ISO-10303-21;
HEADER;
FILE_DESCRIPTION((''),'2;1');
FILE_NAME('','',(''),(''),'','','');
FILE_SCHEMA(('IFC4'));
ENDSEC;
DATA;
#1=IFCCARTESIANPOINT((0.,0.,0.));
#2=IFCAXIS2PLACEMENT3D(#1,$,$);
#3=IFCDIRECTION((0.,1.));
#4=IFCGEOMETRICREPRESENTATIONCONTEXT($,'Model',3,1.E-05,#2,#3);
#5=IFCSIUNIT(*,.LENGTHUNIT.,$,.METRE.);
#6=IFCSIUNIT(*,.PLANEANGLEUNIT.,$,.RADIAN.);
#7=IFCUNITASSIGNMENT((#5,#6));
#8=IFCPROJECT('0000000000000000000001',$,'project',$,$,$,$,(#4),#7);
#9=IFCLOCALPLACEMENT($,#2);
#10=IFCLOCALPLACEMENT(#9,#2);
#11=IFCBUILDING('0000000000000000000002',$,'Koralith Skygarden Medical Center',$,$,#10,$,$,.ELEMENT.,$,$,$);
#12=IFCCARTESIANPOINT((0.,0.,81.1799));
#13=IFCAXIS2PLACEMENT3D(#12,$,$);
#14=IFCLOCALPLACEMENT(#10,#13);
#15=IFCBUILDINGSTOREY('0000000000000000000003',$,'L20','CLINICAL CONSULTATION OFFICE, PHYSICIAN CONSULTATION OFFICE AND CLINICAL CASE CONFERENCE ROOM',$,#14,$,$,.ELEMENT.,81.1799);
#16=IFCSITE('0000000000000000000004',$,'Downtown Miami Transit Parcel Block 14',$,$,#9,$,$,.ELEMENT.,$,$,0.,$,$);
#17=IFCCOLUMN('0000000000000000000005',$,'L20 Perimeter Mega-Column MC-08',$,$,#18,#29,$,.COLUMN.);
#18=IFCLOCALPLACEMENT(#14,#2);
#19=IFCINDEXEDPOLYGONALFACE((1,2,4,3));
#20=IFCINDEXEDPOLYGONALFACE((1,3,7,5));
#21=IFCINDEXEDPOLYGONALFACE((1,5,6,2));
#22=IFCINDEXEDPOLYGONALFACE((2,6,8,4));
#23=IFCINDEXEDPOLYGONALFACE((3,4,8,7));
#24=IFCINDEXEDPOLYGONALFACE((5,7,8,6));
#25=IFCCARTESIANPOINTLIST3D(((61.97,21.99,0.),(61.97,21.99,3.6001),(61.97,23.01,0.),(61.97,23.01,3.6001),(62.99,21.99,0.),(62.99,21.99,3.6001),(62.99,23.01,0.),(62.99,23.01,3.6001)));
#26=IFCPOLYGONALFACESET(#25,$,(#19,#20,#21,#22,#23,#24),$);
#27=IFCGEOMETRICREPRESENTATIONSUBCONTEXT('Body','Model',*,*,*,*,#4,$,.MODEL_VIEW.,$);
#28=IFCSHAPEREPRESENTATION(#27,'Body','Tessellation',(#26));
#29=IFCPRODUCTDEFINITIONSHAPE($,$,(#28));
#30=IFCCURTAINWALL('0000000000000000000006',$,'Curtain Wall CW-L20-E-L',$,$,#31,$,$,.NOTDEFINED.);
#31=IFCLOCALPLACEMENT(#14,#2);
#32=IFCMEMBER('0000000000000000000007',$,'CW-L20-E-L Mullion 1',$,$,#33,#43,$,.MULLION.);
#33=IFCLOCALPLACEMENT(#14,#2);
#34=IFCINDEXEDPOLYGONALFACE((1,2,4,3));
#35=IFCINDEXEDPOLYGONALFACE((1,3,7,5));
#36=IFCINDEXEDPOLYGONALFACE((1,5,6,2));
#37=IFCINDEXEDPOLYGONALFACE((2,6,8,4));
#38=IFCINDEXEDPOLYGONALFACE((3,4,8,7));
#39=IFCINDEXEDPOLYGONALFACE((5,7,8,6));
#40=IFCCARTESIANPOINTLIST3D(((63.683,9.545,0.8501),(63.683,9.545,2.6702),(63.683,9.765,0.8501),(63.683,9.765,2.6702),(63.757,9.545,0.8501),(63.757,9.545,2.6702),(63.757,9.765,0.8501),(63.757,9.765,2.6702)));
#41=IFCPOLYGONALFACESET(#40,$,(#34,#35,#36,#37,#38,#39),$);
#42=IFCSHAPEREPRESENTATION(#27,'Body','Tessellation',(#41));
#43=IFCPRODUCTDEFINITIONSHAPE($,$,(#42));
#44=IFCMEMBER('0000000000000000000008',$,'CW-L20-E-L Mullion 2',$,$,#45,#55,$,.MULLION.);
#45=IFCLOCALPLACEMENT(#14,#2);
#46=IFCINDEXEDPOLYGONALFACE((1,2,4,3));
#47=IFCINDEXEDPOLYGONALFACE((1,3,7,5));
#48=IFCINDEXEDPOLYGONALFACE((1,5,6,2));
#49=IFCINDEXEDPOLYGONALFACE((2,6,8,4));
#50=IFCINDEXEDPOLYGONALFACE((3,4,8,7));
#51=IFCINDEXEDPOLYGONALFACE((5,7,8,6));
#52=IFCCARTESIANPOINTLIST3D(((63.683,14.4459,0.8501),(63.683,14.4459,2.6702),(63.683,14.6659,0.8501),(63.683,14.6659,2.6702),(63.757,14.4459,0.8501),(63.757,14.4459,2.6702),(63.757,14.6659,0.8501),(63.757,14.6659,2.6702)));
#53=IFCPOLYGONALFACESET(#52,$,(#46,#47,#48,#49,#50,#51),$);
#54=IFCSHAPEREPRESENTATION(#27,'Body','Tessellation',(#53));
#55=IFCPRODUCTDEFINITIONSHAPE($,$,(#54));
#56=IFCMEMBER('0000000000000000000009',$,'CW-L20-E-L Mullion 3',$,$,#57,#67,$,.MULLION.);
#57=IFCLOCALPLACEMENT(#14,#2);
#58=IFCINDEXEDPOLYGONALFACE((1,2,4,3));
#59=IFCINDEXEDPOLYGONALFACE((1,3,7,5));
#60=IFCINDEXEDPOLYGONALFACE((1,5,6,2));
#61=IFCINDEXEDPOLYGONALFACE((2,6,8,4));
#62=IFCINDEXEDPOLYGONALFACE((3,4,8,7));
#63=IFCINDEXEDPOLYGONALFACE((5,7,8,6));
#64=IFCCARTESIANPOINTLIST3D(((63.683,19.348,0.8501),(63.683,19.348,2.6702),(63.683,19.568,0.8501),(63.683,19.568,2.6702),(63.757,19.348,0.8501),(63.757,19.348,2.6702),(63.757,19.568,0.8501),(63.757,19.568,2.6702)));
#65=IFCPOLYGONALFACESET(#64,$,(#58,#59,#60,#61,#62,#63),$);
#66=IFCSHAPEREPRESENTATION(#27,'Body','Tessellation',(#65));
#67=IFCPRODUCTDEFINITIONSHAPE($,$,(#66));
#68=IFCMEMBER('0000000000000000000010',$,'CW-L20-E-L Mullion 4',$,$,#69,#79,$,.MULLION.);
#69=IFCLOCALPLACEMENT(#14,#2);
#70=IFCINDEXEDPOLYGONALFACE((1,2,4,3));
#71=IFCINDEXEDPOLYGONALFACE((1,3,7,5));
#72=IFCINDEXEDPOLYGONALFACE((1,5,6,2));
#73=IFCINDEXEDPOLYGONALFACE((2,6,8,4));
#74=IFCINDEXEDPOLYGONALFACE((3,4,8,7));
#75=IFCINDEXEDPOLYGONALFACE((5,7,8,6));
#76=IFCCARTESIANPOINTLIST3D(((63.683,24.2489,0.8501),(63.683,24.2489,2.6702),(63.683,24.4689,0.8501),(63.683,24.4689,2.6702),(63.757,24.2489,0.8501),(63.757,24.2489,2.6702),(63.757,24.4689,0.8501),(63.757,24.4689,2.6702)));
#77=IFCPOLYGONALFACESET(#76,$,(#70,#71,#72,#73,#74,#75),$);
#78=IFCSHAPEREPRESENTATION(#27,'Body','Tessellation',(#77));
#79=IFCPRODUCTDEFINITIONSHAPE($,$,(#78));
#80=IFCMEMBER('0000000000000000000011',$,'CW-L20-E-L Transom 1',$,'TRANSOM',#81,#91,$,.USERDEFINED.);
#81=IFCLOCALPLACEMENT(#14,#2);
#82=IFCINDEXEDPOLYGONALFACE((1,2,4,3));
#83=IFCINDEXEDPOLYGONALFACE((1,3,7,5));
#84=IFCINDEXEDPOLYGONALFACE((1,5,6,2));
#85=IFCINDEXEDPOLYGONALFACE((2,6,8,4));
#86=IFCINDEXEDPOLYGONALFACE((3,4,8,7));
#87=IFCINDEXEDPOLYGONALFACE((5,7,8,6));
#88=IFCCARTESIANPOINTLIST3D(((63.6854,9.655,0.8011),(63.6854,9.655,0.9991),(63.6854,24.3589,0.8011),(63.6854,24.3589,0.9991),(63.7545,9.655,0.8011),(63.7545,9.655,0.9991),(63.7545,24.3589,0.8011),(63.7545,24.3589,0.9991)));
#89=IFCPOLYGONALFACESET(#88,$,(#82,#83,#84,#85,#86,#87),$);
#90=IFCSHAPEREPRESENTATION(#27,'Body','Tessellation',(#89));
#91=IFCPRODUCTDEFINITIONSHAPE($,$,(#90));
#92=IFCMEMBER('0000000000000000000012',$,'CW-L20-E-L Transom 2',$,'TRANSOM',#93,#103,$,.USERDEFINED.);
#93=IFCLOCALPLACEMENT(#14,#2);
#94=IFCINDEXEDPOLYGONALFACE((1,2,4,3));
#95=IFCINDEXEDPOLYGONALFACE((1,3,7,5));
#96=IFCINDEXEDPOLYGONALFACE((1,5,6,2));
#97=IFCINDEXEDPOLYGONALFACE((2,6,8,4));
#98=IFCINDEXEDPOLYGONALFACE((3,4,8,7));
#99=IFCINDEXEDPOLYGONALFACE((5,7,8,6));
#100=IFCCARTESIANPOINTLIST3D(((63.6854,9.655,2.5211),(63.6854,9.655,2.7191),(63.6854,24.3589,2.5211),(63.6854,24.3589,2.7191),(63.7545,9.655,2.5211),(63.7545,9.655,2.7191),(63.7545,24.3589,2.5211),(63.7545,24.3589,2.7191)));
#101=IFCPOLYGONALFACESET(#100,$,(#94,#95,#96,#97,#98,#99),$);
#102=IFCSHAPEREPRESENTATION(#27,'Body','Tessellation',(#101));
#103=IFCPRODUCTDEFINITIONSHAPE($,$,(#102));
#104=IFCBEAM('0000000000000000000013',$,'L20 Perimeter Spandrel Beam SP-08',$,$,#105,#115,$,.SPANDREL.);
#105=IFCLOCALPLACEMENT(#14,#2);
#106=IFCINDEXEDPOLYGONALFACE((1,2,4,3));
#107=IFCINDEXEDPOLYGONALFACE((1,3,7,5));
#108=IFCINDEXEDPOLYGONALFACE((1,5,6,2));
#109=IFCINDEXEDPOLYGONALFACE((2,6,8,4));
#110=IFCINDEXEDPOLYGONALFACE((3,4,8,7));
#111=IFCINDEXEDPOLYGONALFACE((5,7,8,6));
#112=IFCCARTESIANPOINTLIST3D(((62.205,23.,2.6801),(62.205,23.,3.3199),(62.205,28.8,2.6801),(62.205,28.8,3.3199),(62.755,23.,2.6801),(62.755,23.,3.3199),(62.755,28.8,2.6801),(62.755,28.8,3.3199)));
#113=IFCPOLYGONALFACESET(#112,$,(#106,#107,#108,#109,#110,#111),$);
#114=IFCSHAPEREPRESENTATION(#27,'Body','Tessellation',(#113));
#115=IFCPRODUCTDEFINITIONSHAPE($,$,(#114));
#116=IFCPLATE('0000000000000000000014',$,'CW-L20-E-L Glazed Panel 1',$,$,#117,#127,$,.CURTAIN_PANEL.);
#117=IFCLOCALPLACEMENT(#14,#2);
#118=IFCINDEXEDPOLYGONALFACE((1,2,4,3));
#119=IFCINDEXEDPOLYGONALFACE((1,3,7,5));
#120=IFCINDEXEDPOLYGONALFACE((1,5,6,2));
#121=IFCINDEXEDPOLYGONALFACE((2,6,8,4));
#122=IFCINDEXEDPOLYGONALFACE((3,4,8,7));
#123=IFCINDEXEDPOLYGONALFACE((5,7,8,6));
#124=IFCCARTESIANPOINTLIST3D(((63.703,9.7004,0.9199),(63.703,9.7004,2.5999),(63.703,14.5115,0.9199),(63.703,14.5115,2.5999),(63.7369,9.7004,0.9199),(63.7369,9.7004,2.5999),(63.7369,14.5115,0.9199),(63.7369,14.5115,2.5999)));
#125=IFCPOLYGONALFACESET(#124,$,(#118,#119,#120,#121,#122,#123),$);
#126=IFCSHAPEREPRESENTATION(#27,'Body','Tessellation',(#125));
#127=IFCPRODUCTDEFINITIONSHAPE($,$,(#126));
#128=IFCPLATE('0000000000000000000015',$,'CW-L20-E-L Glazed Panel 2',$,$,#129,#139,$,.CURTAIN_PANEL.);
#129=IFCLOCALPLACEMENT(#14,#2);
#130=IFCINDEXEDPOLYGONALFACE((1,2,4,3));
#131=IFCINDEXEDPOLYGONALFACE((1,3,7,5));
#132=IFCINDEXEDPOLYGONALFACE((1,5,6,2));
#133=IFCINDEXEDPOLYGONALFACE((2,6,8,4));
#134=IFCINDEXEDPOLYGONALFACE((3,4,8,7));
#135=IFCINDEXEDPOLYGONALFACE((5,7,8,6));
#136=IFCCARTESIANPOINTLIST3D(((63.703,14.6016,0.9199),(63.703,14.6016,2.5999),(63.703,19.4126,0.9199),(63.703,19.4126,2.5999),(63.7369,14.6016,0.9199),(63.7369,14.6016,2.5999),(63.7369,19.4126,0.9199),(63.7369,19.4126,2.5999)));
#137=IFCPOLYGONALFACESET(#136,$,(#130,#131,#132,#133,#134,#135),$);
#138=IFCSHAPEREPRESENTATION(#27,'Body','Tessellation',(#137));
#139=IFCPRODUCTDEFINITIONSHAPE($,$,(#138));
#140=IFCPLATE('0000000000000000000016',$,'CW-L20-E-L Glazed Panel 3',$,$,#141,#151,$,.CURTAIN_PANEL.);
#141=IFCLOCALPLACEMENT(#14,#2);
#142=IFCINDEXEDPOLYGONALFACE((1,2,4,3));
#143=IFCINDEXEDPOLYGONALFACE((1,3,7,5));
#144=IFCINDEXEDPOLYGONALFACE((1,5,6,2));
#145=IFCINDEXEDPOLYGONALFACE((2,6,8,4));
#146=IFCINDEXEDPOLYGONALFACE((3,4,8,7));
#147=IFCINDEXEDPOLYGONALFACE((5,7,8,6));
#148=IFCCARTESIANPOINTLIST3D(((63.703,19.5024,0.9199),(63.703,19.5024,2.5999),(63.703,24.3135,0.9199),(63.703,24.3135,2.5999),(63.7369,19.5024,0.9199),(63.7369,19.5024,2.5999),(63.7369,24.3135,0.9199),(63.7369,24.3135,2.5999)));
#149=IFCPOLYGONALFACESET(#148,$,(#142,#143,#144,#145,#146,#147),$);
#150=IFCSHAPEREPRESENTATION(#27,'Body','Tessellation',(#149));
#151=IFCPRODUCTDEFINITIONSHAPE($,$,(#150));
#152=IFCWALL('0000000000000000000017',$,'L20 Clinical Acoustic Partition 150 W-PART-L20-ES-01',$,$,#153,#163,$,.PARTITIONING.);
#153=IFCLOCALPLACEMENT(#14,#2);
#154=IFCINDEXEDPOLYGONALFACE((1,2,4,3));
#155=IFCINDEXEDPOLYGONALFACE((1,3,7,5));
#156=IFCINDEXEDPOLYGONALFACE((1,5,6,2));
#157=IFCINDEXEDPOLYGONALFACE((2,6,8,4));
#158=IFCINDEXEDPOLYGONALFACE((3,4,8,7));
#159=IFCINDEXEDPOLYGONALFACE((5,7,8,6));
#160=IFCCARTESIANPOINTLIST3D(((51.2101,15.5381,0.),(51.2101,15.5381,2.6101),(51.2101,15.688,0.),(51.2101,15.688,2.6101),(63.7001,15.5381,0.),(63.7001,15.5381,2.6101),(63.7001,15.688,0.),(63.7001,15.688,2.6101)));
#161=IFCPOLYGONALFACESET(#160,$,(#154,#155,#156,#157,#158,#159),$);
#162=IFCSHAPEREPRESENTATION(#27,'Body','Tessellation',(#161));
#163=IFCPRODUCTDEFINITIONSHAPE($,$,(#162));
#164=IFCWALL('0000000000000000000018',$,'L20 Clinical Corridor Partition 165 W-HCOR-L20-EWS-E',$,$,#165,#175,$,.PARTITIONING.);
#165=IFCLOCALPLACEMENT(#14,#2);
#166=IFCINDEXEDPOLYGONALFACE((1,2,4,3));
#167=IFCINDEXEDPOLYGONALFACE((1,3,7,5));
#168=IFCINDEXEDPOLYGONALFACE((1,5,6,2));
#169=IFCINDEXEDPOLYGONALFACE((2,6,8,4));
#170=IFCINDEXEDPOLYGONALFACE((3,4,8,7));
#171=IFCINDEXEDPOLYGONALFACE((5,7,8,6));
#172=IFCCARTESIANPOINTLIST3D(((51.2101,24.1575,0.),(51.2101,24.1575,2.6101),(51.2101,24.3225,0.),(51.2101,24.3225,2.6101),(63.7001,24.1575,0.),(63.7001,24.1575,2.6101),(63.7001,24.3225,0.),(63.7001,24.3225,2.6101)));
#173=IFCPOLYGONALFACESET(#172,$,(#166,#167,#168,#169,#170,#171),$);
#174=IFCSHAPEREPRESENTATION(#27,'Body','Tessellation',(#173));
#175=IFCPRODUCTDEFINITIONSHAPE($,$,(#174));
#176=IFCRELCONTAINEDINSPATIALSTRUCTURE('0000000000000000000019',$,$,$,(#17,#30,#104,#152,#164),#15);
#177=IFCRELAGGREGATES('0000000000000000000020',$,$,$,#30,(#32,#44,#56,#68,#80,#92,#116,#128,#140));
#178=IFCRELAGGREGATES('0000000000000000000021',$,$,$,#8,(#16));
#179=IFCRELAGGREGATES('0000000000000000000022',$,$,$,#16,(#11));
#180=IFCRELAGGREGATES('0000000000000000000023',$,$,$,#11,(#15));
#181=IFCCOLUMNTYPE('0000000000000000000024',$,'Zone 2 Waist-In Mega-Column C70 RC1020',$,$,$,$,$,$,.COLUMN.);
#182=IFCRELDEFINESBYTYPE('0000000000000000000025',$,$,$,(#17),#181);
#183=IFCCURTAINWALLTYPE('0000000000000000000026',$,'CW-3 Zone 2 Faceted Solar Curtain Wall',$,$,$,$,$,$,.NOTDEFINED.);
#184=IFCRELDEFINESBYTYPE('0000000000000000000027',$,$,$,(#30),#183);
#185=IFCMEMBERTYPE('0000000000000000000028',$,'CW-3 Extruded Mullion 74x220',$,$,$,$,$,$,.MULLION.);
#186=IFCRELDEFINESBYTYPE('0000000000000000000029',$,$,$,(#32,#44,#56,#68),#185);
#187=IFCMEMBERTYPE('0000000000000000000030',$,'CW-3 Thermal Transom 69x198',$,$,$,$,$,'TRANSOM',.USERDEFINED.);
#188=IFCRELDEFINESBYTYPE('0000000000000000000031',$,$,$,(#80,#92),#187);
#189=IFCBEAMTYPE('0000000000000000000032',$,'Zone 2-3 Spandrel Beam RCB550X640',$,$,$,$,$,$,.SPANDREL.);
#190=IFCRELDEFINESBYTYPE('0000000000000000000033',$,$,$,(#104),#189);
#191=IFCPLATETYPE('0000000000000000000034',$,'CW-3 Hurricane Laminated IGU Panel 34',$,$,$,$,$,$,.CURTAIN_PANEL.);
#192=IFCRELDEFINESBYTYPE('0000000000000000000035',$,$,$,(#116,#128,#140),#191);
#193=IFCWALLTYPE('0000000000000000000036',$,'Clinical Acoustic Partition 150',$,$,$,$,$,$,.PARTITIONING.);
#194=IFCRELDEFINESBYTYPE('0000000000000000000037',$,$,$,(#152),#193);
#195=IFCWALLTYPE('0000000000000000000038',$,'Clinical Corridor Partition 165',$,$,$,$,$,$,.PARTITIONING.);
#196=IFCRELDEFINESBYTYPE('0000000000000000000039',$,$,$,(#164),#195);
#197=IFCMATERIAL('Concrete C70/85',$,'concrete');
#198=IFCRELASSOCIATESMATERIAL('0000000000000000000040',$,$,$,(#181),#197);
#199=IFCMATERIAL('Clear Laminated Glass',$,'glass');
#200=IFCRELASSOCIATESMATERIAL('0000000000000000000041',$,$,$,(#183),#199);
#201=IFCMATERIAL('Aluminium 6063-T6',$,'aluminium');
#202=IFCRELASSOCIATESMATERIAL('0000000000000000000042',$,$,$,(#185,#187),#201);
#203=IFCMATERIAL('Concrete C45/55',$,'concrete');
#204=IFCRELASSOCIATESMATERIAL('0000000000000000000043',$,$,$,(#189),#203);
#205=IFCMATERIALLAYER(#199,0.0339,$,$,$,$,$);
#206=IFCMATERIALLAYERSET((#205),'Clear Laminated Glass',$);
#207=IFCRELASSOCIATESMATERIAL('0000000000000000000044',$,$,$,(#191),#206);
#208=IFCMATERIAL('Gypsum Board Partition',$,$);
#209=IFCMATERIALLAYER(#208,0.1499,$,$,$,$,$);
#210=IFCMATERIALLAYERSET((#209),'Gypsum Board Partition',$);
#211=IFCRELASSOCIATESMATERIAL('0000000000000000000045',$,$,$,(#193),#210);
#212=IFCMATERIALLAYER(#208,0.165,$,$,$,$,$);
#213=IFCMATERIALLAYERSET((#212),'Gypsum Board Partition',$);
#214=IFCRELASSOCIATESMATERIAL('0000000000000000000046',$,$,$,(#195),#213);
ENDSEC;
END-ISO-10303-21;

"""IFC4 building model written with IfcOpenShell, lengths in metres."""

from ifc_helpers import new_model, si_unit, direction, frame, frame_2d, origin, origin_2d, place, context, subcontext, project, spatial, rectangle, extrude, material, layer, layer_set, material_profile, profile_set, type_object, element, aggregate, save


model = new_model("IFC4")

# Units and contexts
model_context = context("Model", 3, precision=1e-05, world=origin(), true_north=direction((0.0, 1.0)))
body_context = subcontext(model_context, "Body", "Model", "MODEL_VIEW")
ifc_project = project(units=[si_unit("LENGTHUNIT", "METRE"), si_unit("PLANEANGLEUNIT", "RADIAN")], contexts=[model_context])

# Site, building, storey
site_placement = place(None, origin())
site = spatial("IfcSite", under=ifc_project, at=site_placement, Name="Downtown Miami Transit Parcel Block 14", CompositionType="ELEMENT", RefElevation=0.0)
building_placement = place(site_placement, origin())
building = spatial("IfcBuilding", under=site, at=building_placement, Name="Koralith Skygarden Medical Center", CompositionType="ELEMENT")
storey_placement = place(building_placement, frame((0.0, 0.0, 81.1799)))
storey = spatial("IfcBuildingStorey", under=building, at=storey_placement, Name="L20", Description="CLINICAL CONSULTATION OFFICE, PHYSICIAN CONSULTATION OFFICE AND CLINICAL CASE CONFERENCE ROOM", CompositionType="ELEMENT", Elevation=81.1799)

# Column
ifc_material_1 = material(Name="Concrete C70/85", Category="concrete")
ifc_material_profile_1 = material_profile(ifc_material_1, rectangle(XDim=1.02, YDim=1.02, at=origin_2d()), Name="RC1020X1020")
ifc_profile_set_1 = profile_set([ifc_material_profile_1], Name="Concrete C70/85")
column_type = type_object("IfcColumnType", Name="Zone 2 Waist-In Mega-Column C70 RC1020", PredefinedType="COLUMN", material=ifc_profile_set_1)
column_placement = place(storey_placement, frame((62.48, 22.5, 0.0), z_axis=(0.0, 0.0, 1.0), x_axis=(1.0, 0.0, 0.0)))
element("IfcColumn", 1, at=column_placement, inside=storey, type_object=column_type, Name="L20 Perimeter Mega-Column MC-08", PredefinedType="COLUMN", context=body_context, shape_type="SweptSolid", body=[
    extrude(rectangle(XDim=1.02, YDim=1.02, at=origin_2d()), origin(), (0.0, 0.0, 1.0), 3.6001),
])

# Curtain wall, members
ifc_material_2 = material(Name="Clear Laminated Glass", Category="glass")
curtain_wall_type = type_object("IfcCurtainWallType", Name="CW-3 Zone 2 Faceted Solar Curtain Wall", PredefinedType="NOTDEFINED", material=ifc_material_2)
curtain_wall_placement = place(storey_placement, origin())
curtain_wall = element("IfcCurtainWall", 2, at=curtain_wall_placement, inside=storey, type_object=curtain_wall_type, Name="Curtain Wall CW-L20-E-L", PredefinedType="NOTDEFINED")
ifc_material_3 = material(Name="Aluminium 6063-T6", Category="aluminium")
ifc_material_profile_2 = material_profile(ifc_material_3, rectangle(XDim=0.074, YDim=0.22, at=origin_2d()), Name="MUL74X220")
ifc_profile_set_2 = profile_set([ifc_material_profile_2], Name="Aluminium 6063-T6")
member_type_1 = type_object("IfcMemberType", Name="CW-3 Extruded Mullion 74x220", PredefinedType="MULLION", material=ifc_profile_set_2)
member_1_placement = place(storey_placement, frame((63.72, 9.655, 0.8501), z_axis=(0.0, 0.0, 1.0), x_axis=(1.0, 0.0, 0.0)))
member_1 = element("IfcMember", 3, at=member_1_placement, type_object=member_type_1, Name="CW-L20-E-L Mullion 1", PredefinedType="MULLION", context=body_context, shape_type="SweptSolid", body=[
    extrude(rectangle(XDim=0.074, YDim=0.22, at=origin_2d()), origin(), (0.0, 0.0, 1.0), 1.8201),
])
member_2_placement = place(storey_placement, frame((63.72, 14.5559, 0.8501), z_axis=(0.0, 0.0, 1.0), x_axis=(1.0, 0.0, 0.0)))
member_2 = element("IfcMember", 4, at=member_2_placement, type_object=member_type_1, Name="CW-L20-E-L Mullion 2", PredefinedType="MULLION", context=body_context, shape_type="SweptSolid", body=[
    extrude(rectangle(XDim=0.074, YDim=0.22, at=origin_2d()), origin(), (0.0, 0.0, 1.0), 1.8201),
])
member_3_placement = place(storey_placement, frame((63.72, 19.458, 0.8501), z_axis=(0.0, 0.0, 1.0), x_axis=(1.0, 0.0, 0.0)))
member_3 = element("IfcMember", 5, at=member_3_placement, type_object=member_type_1, Name="CW-L20-E-L Mullion 3", PredefinedType="MULLION", context=body_context, shape_type="SweptSolid", body=[
    extrude(rectangle(XDim=0.074, YDim=0.22, at=origin_2d()), origin(), (0.0, 0.0, 1.0), 1.8201),
])
member_4_placement = place(storey_placement, frame((63.72, 24.3589, 0.8501), z_axis=(0.0, 0.0, 1.0), x_axis=(1.0, 0.0, 0.0)))
member_4 = element("IfcMember", 6, at=member_4_placement, type_object=member_type_1, Name="CW-L20-E-L Mullion 4", PredefinedType="MULLION", context=body_context, shape_type="SweptSolid", body=[
    extrude(rectangle(XDim=0.074, YDim=0.22, at=origin_2d()), origin(), (0.0, 0.0, 1.0), 1.8201),
])
ifc_material_profile_3 = material_profile(ifc_material_3, rectangle(XDim=0.0691, YDim=0.198, at=origin_2d()), Name="TRN69X198")
ifc_profile_set_3 = profile_set([ifc_material_profile_3], Name="Aluminium 6063-T6")
member_type_2 = type_object("IfcMemberType", Name="CW-3 Thermal Transom 69x198", ElementType="TRANSOM", PredefinedType="USERDEFINED", material=ifc_profile_set_3)
member_5_placement = place(storey_placement, frame((63.72, 9.655, 0.9001), z_axis=(0.0, 1.0, 0.0), x_axis=(-1.0, 0.0, 0.0)))
member_5 = element("IfcMember", 7, at=member_5_placement, type_object=member_type_2, Name="CW-L20-E-L Transom 1", ObjectType="TRANSOM", PredefinedType="USERDEFINED", context=body_context, shape_type="SweptSolid", body=[
    extrude(rectangle(XDim=0.0691, YDim=0.198, at=origin_2d()), origin(), (0.0, 0.0, 1.0), 14.7039),
])
member_6_placement = place(storey_placement, frame((63.72, 9.655, 2.6201), z_axis=(0.0, 1.0, 0.0), x_axis=(-1.0, 0.0, 0.0)))
member_6 = element("IfcMember", 8, at=member_6_placement, type_object=member_type_2, Name="CW-L20-E-L Transom 2", ObjectType="TRANSOM", PredefinedType="USERDEFINED", context=body_context, shape_type="SweptSolid", body=[
    extrude(rectangle(XDim=0.0691, YDim=0.198, at=origin_2d()), origin(), (0.0, 0.0, 1.0), 14.7039),
])

# Beam
ifc_material_4 = material(Name="Concrete C45/55", Category="concrete")
ifc_material_profile_4 = material_profile(ifc_material_4, rectangle(XDim=0.55, YDim=0.6399, at=origin_2d()), Name="RCB550X640")
ifc_profile_set_4 = profile_set([ifc_material_profile_4], Name="Concrete C45/55")
beam_type = type_object("IfcBeamType", Name="Zone 2-3 Spandrel Beam RCB550X640", PredefinedType="SPANDREL", material=ifc_profile_set_4)
beam_placement = place(storey_placement, frame((62.48, 23.0, 3.0), z_axis=(0.0, 1.0, 0.0), x_axis=(-1.0, 0.0, 0.0)))
element("IfcBeam", 9, at=beam_placement, inside=storey, type_object=beam_type, Name="L20 Perimeter Spandrel Beam SP-08", PredefinedType="SPANDREL", context=body_context, shape_type="SweptSolid", body=[
    extrude(rectangle(XDim=0.55, YDim=0.6399, at=origin_2d()), origin(), (0.0, 0.0, 1.0), 5.8),
])

# Plates
ifc_layer_1 = layer(ifc_material_2, 0.0339)
ifc_layer_set_1 = layer_set([ifc_layer_1], Name="Clear Laminated Glass")
plate_type = type_object("IfcPlateType", Name="CW-3 Hurricane Laminated IGU Panel 34", PredefinedType="CURTAIN_PANEL", material=ifc_layer_set_1)
plate_1_placement = place(storey_placement, frame((63.72, 12.106, 0.9199), z_axis=(0.0, 0.0, 1.0), x_axis=(0.0, 1.0, 0.0)))
plate_1 = element("IfcPlate", 10, at=plate_1_placement, type_object=plate_type, Name="CW-L20-E-L Glazed Panel 1", PredefinedType="CURTAIN_PANEL", context=body_context, shape_type="SweptSolid", body=[
    extrude(rectangle(XDim=4.811, YDim=0.0339, at=origin_2d()), origin(), (0.0, 0.0, 1.0), 1.6799),
])
plate_2_placement = place(storey_placement, frame((63.72, 17.0071, 0.9199), z_axis=(0.0, 0.0, 1.0), x_axis=(0.0, 1.0, 0.0)))
plate_2 = element("IfcPlate", 11, at=plate_2_placement, type_object=plate_type, Name="CW-L20-E-L Glazed Panel 2", PredefinedType="CURTAIN_PANEL", context=body_context, shape_type="SweptSolid", body=[
    extrude(rectangle(XDim=4.811, YDim=0.0339, at=origin_2d()), origin(), (0.0, 0.0, 1.0), 1.6799),
])
plate_3_placement = place(storey_placement, frame((63.72, 21.908, 0.9199), z_axis=(0.0, 0.0, 1.0), x_axis=(0.0, 1.0, 0.0)))
plate_3 = element("IfcPlate", 12, at=plate_3_placement, type_object=plate_type, Name="CW-L20-E-L Glazed Panel 3", PredefinedType="CURTAIN_PANEL", context=body_context, shape_type="SweptSolid", body=[
    extrude(rectangle(XDim=4.811, YDim=0.0339, at=origin_2d()), origin(), (0.0, 0.0, 1.0), 1.6799),
])
aggregate(curtain_wall, [member_1, member_2, member_3, member_4, member_5, member_6, plate_1, plate_2, plate_3])

# Walls
ifc_material_5 = material(Name="Gypsum Board Partition")
ifc_layer_2 = layer(ifc_material_5, 0.1499)
ifc_layer_set_2 = layer_set([ifc_layer_2], Name="Gypsum Board Partition")
wall_type_1 = type_object("IfcWallType", Name="Clinical Acoustic Partition 150", PredefinedType="PARTITIONING", material=ifc_layer_set_2)
wall_1_placement = place(storey_placement, frame((51.21, 15.613, 0.0), z_axis=(0.0, 0.0, 1.0), x_axis=(1.0, 0.0, 0.0)))
element("IfcWall", 13, at=wall_1_placement, inside=storey, type_object=wall_type_1, Name="L20 Clinical Acoustic Partition 150 W-PART-L20-ES-01", PredefinedType="PARTITIONING", context=body_context, shape_type="SweptSolid", body=[
    extrude(rectangle(XDim=12.49, YDim=0.1499, at=frame_2d((6.2451, 0.0))), origin(), (0.0, 0.0, 1.0), 2.6101),
])
ifc_layer_3 = layer(ifc_material_5, 0.165)
ifc_layer_set_3 = layer_set([ifc_layer_3], Name="Gypsum Board Partition")
wall_type_2 = type_object("IfcWallType", Name="Clinical Corridor Partition 165", PredefinedType="PARTITIONING", material=ifc_layer_set_3)
wall_2_placement = place(storey_placement, frame((51.21, 24.24, 0.0), z_axis=(0.0, 0.0, 1.0), x_axis=(1.0, 0.0, 0.0)))
element("IfcWall", 14, at=wall_2_placement, inside=storey, type_object=wall_type_2, Name="L20 Clinical Corridor Partition 165 W-HCOR-L20-EWS-E", PredefinedType="PARTITIONING", context=body_context, shape_type="SweptSolid", body=[
    extrude(rectangle(XDim=12.49, YDim=0.165, at=frame_2d((6.2451, 0.0))), origin(), (0.0, 0.0, 1.0), 2.6101),
])

save(model, "model.ifc")
